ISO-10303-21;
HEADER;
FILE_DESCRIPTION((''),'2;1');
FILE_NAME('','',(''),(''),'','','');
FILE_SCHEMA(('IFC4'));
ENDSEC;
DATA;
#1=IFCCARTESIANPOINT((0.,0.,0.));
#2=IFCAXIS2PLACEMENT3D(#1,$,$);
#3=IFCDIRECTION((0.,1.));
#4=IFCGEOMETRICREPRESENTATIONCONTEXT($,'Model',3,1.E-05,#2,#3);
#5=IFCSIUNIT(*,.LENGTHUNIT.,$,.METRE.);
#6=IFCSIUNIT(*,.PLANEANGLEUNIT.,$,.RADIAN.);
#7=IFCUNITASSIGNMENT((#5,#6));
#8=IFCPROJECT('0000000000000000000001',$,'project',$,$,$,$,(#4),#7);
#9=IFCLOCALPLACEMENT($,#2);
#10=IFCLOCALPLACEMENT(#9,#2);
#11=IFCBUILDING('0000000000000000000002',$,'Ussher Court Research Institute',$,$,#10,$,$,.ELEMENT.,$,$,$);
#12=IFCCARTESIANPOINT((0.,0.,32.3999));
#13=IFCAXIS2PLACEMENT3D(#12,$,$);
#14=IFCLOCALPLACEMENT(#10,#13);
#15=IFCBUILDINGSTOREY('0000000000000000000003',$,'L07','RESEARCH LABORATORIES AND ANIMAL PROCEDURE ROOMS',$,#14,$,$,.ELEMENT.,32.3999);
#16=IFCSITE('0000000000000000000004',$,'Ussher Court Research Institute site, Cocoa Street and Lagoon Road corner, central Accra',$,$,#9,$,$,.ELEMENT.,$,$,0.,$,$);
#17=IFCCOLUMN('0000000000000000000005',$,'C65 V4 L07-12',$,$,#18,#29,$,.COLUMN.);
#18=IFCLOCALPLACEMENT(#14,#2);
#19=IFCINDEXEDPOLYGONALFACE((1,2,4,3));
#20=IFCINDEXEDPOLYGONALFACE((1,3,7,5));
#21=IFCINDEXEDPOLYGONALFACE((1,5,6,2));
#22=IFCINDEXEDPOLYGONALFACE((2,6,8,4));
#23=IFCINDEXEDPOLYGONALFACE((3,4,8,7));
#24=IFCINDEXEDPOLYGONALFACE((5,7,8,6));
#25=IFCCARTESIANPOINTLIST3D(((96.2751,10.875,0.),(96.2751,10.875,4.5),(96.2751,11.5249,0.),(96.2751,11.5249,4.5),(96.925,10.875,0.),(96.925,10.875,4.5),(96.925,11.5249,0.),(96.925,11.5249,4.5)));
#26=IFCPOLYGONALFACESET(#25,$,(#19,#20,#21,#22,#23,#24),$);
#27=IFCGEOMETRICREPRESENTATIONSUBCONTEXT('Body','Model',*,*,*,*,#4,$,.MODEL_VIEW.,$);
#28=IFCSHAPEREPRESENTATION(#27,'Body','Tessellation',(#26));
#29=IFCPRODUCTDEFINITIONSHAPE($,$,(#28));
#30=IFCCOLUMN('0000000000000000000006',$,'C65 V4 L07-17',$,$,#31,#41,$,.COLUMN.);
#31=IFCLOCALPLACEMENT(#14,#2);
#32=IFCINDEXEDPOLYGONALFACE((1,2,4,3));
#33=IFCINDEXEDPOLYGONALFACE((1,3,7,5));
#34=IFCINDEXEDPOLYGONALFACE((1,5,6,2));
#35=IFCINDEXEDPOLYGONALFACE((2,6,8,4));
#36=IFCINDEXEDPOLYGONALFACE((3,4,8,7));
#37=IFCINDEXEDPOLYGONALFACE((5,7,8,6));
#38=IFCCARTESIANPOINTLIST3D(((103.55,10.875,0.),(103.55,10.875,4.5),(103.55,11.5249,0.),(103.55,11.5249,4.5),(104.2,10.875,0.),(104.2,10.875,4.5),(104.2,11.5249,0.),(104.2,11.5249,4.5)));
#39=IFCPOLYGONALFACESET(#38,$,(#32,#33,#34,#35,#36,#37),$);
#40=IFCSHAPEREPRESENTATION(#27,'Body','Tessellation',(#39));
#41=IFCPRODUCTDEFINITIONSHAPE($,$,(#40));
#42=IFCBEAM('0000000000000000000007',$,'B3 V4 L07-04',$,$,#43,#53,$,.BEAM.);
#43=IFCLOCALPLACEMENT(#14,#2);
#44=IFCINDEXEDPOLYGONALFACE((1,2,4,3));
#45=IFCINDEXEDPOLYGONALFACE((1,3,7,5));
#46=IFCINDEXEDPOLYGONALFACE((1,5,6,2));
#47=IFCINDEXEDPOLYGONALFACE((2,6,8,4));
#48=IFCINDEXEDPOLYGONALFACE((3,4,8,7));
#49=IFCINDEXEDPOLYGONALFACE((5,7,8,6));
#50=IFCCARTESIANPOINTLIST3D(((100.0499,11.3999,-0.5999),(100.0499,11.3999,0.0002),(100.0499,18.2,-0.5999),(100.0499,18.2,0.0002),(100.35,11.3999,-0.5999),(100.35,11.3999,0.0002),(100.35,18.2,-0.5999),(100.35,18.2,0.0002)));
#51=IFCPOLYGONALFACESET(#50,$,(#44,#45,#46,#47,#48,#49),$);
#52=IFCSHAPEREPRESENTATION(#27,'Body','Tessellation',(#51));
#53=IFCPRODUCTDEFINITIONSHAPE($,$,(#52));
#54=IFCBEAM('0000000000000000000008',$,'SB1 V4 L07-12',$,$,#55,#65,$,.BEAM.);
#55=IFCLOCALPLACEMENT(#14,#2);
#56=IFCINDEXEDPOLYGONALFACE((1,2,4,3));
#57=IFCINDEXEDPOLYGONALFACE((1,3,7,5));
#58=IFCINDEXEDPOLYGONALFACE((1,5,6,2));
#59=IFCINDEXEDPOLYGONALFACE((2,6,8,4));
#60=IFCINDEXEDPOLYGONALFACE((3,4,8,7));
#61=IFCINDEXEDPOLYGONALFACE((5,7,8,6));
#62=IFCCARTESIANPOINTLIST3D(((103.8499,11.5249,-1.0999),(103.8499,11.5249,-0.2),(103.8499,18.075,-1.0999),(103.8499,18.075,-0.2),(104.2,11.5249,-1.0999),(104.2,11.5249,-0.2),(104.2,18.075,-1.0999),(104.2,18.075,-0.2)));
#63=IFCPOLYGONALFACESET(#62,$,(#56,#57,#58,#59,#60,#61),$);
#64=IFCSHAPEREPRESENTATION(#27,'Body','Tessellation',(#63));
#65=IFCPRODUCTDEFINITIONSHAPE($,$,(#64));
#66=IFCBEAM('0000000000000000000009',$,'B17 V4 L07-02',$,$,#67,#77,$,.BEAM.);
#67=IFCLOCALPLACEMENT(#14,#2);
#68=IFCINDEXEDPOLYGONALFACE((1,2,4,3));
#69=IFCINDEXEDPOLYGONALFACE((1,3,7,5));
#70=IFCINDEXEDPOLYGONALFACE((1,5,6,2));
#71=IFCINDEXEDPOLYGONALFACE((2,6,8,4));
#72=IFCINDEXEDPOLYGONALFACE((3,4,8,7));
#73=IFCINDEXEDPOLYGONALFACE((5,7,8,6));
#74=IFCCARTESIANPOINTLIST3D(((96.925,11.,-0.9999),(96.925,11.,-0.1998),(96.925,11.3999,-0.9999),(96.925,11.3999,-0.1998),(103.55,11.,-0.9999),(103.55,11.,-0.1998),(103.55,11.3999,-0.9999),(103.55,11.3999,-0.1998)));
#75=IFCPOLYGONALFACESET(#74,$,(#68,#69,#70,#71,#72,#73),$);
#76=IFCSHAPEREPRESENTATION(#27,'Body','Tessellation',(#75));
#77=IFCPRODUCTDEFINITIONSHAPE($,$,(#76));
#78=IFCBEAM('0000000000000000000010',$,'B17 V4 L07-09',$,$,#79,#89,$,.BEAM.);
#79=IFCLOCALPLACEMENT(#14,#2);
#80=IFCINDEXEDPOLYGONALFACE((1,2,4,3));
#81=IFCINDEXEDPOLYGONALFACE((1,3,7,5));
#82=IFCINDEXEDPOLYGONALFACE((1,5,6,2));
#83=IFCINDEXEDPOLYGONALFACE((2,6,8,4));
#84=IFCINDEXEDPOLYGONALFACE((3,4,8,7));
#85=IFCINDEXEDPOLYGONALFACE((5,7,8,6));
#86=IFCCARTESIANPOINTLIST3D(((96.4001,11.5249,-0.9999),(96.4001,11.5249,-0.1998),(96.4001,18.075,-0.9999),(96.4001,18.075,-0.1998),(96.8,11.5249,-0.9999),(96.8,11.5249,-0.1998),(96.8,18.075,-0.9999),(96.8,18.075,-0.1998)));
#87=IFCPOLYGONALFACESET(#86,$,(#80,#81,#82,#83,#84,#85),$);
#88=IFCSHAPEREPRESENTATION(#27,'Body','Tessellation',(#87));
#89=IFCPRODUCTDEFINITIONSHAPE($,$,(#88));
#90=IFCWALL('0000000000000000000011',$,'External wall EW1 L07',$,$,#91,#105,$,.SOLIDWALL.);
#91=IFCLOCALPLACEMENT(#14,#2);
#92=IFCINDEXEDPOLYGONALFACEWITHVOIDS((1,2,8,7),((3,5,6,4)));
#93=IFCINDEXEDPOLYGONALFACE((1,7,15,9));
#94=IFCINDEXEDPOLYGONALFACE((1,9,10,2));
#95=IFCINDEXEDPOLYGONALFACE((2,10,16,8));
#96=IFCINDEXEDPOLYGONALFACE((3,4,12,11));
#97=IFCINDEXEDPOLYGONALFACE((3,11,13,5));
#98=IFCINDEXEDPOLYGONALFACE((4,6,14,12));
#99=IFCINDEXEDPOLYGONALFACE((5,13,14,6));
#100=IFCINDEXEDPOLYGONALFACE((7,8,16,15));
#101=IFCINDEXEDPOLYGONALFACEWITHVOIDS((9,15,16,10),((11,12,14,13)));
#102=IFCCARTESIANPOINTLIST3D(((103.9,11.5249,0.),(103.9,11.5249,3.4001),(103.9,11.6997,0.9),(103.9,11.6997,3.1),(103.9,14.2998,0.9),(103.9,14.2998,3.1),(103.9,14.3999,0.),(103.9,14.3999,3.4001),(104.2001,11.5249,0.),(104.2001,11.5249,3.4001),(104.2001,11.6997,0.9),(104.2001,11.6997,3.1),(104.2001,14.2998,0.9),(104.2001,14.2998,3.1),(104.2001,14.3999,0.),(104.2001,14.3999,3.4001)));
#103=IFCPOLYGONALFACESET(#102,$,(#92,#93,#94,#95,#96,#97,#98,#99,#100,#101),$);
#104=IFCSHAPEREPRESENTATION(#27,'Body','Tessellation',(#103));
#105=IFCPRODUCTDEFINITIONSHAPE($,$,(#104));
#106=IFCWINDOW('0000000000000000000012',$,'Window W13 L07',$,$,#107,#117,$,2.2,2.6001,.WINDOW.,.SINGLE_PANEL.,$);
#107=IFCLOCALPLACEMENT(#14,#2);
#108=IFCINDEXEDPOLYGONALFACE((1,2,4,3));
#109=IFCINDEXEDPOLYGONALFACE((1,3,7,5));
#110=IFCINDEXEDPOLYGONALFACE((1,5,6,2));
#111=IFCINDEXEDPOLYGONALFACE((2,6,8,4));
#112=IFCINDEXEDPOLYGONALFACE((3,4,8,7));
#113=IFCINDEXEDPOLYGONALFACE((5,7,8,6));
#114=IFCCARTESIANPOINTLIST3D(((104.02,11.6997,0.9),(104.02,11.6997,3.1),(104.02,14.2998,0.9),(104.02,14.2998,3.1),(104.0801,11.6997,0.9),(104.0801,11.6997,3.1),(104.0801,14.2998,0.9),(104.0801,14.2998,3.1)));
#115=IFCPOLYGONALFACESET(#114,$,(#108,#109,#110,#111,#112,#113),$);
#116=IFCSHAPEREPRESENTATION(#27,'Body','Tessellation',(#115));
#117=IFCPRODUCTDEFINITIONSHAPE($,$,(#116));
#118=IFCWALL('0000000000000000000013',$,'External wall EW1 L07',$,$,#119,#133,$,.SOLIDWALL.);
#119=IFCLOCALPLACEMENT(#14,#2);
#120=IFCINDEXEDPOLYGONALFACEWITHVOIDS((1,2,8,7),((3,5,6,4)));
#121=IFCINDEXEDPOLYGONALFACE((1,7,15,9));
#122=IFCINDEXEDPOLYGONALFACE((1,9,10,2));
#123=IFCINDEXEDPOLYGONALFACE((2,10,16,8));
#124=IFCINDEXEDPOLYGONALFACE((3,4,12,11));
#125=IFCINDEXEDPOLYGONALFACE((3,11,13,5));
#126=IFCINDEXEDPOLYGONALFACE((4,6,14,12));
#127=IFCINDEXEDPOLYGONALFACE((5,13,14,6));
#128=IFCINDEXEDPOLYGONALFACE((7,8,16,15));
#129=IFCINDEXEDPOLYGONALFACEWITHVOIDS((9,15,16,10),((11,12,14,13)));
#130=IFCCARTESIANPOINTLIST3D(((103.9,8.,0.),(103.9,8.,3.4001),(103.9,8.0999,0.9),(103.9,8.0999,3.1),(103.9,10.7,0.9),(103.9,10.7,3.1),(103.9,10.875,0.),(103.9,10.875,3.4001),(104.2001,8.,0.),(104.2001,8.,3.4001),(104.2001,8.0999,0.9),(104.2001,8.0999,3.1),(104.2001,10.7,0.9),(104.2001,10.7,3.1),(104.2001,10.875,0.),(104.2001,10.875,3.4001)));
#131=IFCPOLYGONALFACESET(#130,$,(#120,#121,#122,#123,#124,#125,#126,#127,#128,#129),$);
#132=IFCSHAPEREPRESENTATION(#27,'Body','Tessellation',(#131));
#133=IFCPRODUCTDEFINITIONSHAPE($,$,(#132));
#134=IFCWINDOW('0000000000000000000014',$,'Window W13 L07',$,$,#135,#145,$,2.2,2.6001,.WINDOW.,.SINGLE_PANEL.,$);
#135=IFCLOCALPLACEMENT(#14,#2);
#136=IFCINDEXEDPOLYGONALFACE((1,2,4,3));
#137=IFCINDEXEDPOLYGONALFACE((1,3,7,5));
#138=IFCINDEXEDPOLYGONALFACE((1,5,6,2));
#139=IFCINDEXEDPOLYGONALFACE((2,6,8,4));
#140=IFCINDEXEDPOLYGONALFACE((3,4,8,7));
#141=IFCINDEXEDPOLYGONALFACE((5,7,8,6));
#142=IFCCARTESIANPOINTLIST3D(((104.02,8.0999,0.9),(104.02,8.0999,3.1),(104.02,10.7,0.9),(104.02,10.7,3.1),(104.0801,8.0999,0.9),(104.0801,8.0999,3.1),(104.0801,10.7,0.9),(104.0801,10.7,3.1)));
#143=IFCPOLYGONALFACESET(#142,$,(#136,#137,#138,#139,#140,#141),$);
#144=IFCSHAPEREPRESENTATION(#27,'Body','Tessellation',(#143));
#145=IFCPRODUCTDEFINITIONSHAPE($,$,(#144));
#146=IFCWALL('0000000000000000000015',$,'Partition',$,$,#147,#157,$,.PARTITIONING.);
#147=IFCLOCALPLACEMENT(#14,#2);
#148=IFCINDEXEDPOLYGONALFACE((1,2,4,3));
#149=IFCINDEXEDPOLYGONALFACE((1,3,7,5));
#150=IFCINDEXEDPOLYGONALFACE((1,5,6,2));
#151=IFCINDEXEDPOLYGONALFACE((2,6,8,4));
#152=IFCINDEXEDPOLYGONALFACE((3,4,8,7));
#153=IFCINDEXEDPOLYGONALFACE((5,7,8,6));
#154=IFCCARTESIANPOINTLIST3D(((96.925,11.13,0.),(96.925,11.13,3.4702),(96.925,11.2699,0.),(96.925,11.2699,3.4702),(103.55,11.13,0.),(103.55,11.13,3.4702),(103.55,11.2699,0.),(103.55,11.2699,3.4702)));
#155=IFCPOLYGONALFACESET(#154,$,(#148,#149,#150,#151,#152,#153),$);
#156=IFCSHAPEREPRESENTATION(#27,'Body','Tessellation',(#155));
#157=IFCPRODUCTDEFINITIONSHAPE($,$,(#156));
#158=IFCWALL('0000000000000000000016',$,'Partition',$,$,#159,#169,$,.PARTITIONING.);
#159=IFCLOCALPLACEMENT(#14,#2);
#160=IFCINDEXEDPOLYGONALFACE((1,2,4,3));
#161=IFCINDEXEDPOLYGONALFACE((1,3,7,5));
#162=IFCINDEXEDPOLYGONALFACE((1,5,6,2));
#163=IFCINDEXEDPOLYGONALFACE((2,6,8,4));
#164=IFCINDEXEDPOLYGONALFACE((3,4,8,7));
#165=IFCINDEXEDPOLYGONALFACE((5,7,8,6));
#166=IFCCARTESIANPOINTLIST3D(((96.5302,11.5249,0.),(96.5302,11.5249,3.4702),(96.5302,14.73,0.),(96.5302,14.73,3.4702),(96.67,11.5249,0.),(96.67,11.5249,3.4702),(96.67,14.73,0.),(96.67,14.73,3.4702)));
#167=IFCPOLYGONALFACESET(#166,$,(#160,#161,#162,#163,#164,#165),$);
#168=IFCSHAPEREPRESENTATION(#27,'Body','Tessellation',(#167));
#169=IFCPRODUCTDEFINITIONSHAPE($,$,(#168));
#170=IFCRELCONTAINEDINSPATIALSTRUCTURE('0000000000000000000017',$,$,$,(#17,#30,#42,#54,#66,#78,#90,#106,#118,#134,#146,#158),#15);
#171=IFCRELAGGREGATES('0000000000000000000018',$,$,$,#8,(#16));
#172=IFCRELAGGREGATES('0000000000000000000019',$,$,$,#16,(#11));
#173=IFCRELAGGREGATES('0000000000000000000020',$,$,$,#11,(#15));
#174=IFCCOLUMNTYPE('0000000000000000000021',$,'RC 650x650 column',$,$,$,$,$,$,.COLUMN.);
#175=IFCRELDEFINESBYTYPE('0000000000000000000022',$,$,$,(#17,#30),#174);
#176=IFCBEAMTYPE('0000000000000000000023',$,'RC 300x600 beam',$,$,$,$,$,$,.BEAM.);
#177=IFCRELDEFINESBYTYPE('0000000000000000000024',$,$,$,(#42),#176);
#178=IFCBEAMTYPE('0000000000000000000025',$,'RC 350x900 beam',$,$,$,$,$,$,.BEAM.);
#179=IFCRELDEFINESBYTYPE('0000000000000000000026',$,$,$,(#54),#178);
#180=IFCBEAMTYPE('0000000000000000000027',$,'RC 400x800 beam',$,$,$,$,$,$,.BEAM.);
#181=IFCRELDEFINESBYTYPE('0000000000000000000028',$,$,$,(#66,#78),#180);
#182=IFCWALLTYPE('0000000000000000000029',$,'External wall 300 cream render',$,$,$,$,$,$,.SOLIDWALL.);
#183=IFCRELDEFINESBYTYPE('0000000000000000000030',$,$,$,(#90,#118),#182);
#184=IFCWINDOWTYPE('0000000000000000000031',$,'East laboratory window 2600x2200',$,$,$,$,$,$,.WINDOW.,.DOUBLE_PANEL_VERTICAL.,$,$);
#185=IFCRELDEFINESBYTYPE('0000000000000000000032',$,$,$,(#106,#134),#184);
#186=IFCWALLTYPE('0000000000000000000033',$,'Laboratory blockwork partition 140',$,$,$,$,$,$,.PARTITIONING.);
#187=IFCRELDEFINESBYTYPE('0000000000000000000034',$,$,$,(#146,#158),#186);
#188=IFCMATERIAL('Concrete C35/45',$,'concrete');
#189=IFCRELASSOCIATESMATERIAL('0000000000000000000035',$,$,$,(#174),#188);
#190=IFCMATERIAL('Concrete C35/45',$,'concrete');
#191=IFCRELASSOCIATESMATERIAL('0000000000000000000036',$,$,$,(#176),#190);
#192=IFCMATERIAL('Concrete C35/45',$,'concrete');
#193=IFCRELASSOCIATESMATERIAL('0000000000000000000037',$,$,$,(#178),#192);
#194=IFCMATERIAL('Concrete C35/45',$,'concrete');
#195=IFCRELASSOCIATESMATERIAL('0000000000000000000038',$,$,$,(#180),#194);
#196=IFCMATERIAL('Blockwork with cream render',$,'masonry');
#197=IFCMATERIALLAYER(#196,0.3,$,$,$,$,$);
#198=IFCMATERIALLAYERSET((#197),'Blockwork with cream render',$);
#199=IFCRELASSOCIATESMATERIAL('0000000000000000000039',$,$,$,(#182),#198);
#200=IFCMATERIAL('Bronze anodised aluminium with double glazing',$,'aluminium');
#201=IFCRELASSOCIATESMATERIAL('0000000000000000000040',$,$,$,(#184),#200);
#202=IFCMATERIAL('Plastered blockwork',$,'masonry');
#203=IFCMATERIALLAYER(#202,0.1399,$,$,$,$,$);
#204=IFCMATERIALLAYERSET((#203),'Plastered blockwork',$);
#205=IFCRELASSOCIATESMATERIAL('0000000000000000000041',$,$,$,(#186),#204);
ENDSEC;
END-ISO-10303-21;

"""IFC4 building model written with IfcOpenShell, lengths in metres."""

from ifc_helpers import new_model, si_unit, direction, frame, frame_2d, origin, origin_2d, place, context, subcontext, project, spatial, rectangle, extrude, material, layer, layer_set, material_profile, profile_set, type_object, element, fill, save


model = new_model("IFC4")

# Units and contexts
model_context = context("Model", 3, precision=1e-05, world=origin(), true_north=direction((0.0, 1.0)))
body_context = subcontext(model_context, "Body", "Model", "MODEL_VIEW")
ifc_project = project(units=[si_unit("LENGTHUNIT", "METRE"), si_unit("PLANEANGLEUNIT", "RADIAN")], contexts=[model_context])

# Site, building, storey
site_placement = place(None, origin())
site = spatial("IfcSite", under=ifc_project, at=site_placement, Name="Ussher Court Research Institute site, Cocoa Street and Lagoon Road corner, central Accra", CompositionType="ELEMENT", RefElevation=0.0)
building_placement = place(site_placement, origin())
building = spatial("IfcBuilding", under=site, at=building_placement, Name="Ussher Court Research Institute", CompositionType="ELEMENT")
storey_placement = place(building_placement, frame((0.0, 0.0, 32.3999)))
storey = spatial("IfcBuildingStorey", under=building, at=storey_placement, Name="L07", Description="RESEARCH LABORATORIES AND ANIMAL PROCEDURE ROOMS", CompositionType="ELEMENT", Elevation=32.3999)

# Columns
ifc_material_1 = material(Name="Concrete C35/45", Category="concrete")
ifc_material_profile_1 = material_profile(ifc_material_1, rectangle(XDim=0.6499, YDim=0.6499, at=origin_2d()), Name="RC 650x650")
ifc_profile_set_1 = profile_set([ifc_material_profile_1], Name="Concrete C35/45")
column_type = type_object("IfcColumnType", Name="RC 650x650 column", PredefinedType="COLUMN", material=ifc_profile_set_1)
for number, where, z_axis, x_axis, name in (
    (1, (96.6001, 11.2, 0.0), (0.0, 0.0, 1.0), (1.0, 0.0, 0.0), "C65 V4 L07-12"),
    (2, (103.875, 11.2, 0.0), (0.0, 0.0, 1.0), (1.0, 0.0, 0.0), "C65 V4 L07-17"),
):
    element("IfcColumn", number, at=place(storey_placement, frame(where, z_axis=z_axis, x_axis=x_axis)), inside=storey, type_object=column_type, Name=name, PredefinedType="COLUMN", context=body_context, shape_type="SweptSolid", body=[
        extrude(rectangle(XDim=0.6499, YDim=0.6499, at=origin_2d()), origin(), (0.0, 0.0, 1.0), 4.5),
    ])

# Beams
ifc_material_2 = material(Name="Concrete C35/45", Category="concrete")
ifc_material_profile_2 = material_profile(ifc_material_2, rectangle(XDim=0.3, YDim=0.6001, at=origin_2d()), Name="RC 300x600")
ifc_profile_set_2 = profile_set([ifc_material_profile_2], Name="Concrete C35/45")
beam_type_1 = type_object("IfcBeamType", Name="RC 300x600 beam", PredefinedType="BEAM", material=ifc_profile_set_2)
beam_1_placement = place(storey_placement, frame((100.2, 11.3999, -0.2998), z_axis=(0.0, 1.0, 0.0), x_axis=(-1.0, 0.0, 0.0)))
element("IfcBeam", 3, at=beam_1_placement, inside=storey, type_object=beam_type_1, Name="B3 V4 L07-04", PredefinedType="BEAM", context=body_context, shape_type="SweptSolid", body=[
    extrude(rectangle(XDim=0.3, YDim=0.6001, at=origin_2d()), origin(), (0.0, 0.0, 1.0), 6.8),
])
ifc_material_3 = material(Name="Concrete C35/45", Category="concrete")
ifc_material_profile_3 = material_profile(ifc_material_3, rectangle(XDim=0.3501, YDim=0.8999, at=origin_2d()), Name="RC 350x900")
ifc_profile_set_3 = profile_set([ifc_material_profile_3], Name="Concrete C35/45")
beam_type_2 = type_object("IfcBeamType", Name="RC 350x900 beam", PredefinedType="BEAM", material=ifc_profile_set_3)
beam_2_placement = place(storey_placement, frame((104.0249, 11.5249, -0.6499), z_axis=(0.0, 1.0, 0.0), x_axis=(-1.0, 0.0, 0.0)))
element("IfcBeam", 4, at=beam_2_placement, inside=storey, type_object=beam_type_2, Name="SB1 V4 L07-12", PredefinedType="BEAM", context=body_context, shape_type="SweptSolid", body=[
    extrude(rectangle(XDim=0.3501, YDim=0.8999, at=origin_2d()), origin(), (0.0, 0.0, 1.0), 6.55),
])
ifc_material_4 = material(Name="Concrete C35/45", Category="concrete")
ifc_material_profile_4 = material_profile(ifc_material_4, rectangle(XDim=0.3999, YDim=0.8, at=origin_2d()), Name="RC 400x800")
ifc_profile_set_4 = profile_set([ifc_material_profile_4], Name="Concrete C35/45")
beam_type_3 = type_object("IfcBeamType", Name="RC 400x800 beam", PredefinedType="BEAM", material=ifc_profile_set_4)
beam_3_placement = place(storey_placement, frame((96.925, 11.2, -0.5999), z_axis=(1.0, 0.0, 0.0), x_axis=(0.0, 1.0, 0.0)))
element("IfcBeam", 5, at=beam_3_placement, inside=storey, type_object=beam_type_3, Name="B17 V4 L07-02", PredefinedType="BEAM", context=body_context, shape_type="SweptSolid", body=[
    extrude(rectangle(XDim=0.3999, YDim=0.8, at=origin_2d()), origin(), (0.0, 0.0, 1.0), 6.625),
])
beam_4_placement = place(storey_placement, frame((96.6001, 11.5249, -0.5999), z_axis=(0.0, 1.0, 0.0), x_axis=(-1.0, 0.0, 0.0)))
element("IfcBeam", 6, at=beam_4_placement, inside=storey, type_object=beam_type_3, Name="B17 V4 L07-09", PredefinedType="BEAM", context=body_context, shape_type="SweptSolid", body=[
    extrude(rectangle(XDim=0.3999, YDim=0.8, at=origin_2d()), origin(), (0.0, 0.0, 1.0), 6.55),
])

# Walls, openings, windows
ifc_material_5 = material(Name="Blockwork with cream render", Category="masonry")
ifc_layer_1 = layer(ifc_material_5, 0.3)
ifc_layer_set_1 = layer_set([ifc_layer_1], Name="Blockwork with cream render")
wall_type_1 = type_object("IfcWallType", Name="External wall 300 cream render", PredefinedType="SOLIDWALL", material=ifc_layer_set_1)
wall_1_placement = place(storey_placement, frame((104.05, 14.3999, 0.0), z_axis=(0.0, 0.0, 1.0), x_axis=(0.0, -1.0, 0.0)))
wall_1 = element("IfcWall", 7, at=wall_1_placement, inside=storey, type_object=wall_type_1, Name="External wall EW1 L07", PredefinedType="SOLIDWALL", context=body_context, shape_type="SweptSolid", body=[
    extrude(rectangle(XDim=2.875, YDim=0.3, at=frame_2d((1.4375, 0.0))), origin(), (0.0, 0.0, 1.0), 3.4001),
])
opening_1_placement = place(wall_1_placement, frame((0.1001, 0.0, 0.8999)))
opening_1 = element("IfcOpeningElement", 8, at=opening_1_placement, cuts=wall_1, PredefinedType="OPENING", context=body_context, shape_type="SweptSolid", body=[
    extrude(rectangle(XDim=2.6001, YDim=2.2, at=frame_2d((1.3, 1.1001))), frame((0.0, 0.1602, 0.0), z_axis=(0.0, -1.0, 0.0), x_axis=(1.0, 0.0, 0.0)), (0.0, 0.0, 1.0), 0.3201),
])
ifc_material_6 = material(Name="Bronze anodised aluminium with double glazing", Category="aluminium")
window_type = type_object("IfcWindowType", Name="East laboratory window 2600x2200", PartitioningType="DOUBLE_PANEL_VERTICAL", PredefinedType="WINDOW", material=ifc_material_6)
window_1_placement = place(opening_1_placement, origin())
window_1 = element("IfcWindow", 9, at=window_1_placement, inside=storey, type_object=window_type, Name="Window W13 L07", OverallHeight=2.2, OverallWidth=2.6001, PartitioningType="SINGLE_PANEL", PredefinedType="WINDOW", context=body_context, shape_type="SweptSolid", body=[
    extrude(rectangle(XDim=2.6001, YDim=2.2, at=frame_2d((1.3, 1.1001))), frame((0.0, 0.03, 0.0), z_axis=(0.0, -1.0, 0.0), x_axis=(1.0, 0.0, 0.0)), (0.0, 0.0, 1.0), 0.0601),
])
fill(opening_1, window_1)
wall_2_placement = place(storey_placement, frame((104.05, 10.875, 0.0), z_axis=(0.0, 0.0, 1.0), x_axis=(0.0, -1.0, 0.0)))
wall_2 = element("IfcWall", 10, at=wall_2_placement, inside=storey, type_object=wall_type_1, Name="External wall EW1 L07", PredefinedType="SOLIDWALL", context=body_context, shape_type="SweptSolid", body=[
    extrude(rectangle(XDim=2.875, YDim=0.3, at=frame_2d((1.4375, 0.0))), origin(), (0.0, 0.0, 1.0), 3.4001),
])
opening_2_placement = place(wall_2_placement, frame((0.175, 0.0, 0.8999)))
opening_2 = element("IfcOpeningElement", 11, at=opening_2_placement, cuts=wall_2, PredefinedType="OPENING", context=body_context, shape_type="SweptSolid", body=[
    extrude(rectangle(XDim=2.6001, YDim=2.2, at=frame_2d((1.3, 1.1001))), frame((0.0, 0.1602, 0.0), z_axis=(0.0, -1.0, 0.0), x_axis=(1.0, 0.0, 0.0)), (0.0, 0.0, 1.0), 0.3201),
])
window_2_placement = place(opening_2_placement, origin())
window_2 = element("IfcWindow", 12, at=window_2_placement, inside=storey, type_object=window_type, Name="Window W13 L07", OverallHeight=2.2, OverallWidth=2.6001, PartitioningType="SINGLE_PANEL", PredefinedType="WINDOW", context=body_context, shape_type="SweptSolid", body=[
    extrude(rectangle(XDim=2.6001, YDim=2.2, at=frame_2d((1.3, 1.1001))), frame((0.0, 0.03, 0.0), z_axis=(0.0, -1.0, 0.0), x_axis=(1.0, 0.0, 0.0)), (0.0, 0.0, 1.0), 0.0601),
])
fill(opening_2, window_2)

# Walls
ifc_material_7 = material(Name="Plastered blockwork", Category="masonry")
ifc_layer_2 = layer(ifc_material_7, 0.1399)
ifc_layer_set_2 = layer_set([ifc_layer_2], Name="Plastered blockwork")
wall_type_2 = type_object("IfcWallType", Name="Laboratory blockwork partition 140", PredefinedType="PARTITIONING", material=ifc_layer_set_2)
wall_3_placement = place(storey_placement, frame((96.925, 11.2, 0.0), z_axis=(0.0, 0.0, 1.0), x_axis=(1.0, 0.0, 0.0)))
element("IfcWall", 13, at=wall_3_placement, inside=storey, type_object=wall_type_2, Name="Partition", PredefinedType="PARTITIONING", context=body_context, shape_type="SweptSolid", body=[
    extrude(rectangle(XDim=6.625, YDim=0.1399, at=frame_2d((3.3125, 0.0))), origin(), (0.0, 0.0, 1.0), 3.4702),
])
wall_4_placement = place(storey_placement, frame((96.6001, 11.5249, 0.0), z_axis=(0.0, 0.0, 1.0), x_axis=(0.0, 1.0, 0.0)))
element("IfcWall", 14, at=wall_4_placement, inside=storey, type_object=wall_type_2, Name="Partition", PredefinedType="PARTITIONING", context=body_context, shape_type="SweptSolid", body=[
    extrude(rectangle(XDim=3.2051, YDim=0.1399, at=frame_2d((1.6025, 0.0))), origin(), (0.0, 0.0, 1.0), 3.4702),
])

save(model, "model.ifc")
